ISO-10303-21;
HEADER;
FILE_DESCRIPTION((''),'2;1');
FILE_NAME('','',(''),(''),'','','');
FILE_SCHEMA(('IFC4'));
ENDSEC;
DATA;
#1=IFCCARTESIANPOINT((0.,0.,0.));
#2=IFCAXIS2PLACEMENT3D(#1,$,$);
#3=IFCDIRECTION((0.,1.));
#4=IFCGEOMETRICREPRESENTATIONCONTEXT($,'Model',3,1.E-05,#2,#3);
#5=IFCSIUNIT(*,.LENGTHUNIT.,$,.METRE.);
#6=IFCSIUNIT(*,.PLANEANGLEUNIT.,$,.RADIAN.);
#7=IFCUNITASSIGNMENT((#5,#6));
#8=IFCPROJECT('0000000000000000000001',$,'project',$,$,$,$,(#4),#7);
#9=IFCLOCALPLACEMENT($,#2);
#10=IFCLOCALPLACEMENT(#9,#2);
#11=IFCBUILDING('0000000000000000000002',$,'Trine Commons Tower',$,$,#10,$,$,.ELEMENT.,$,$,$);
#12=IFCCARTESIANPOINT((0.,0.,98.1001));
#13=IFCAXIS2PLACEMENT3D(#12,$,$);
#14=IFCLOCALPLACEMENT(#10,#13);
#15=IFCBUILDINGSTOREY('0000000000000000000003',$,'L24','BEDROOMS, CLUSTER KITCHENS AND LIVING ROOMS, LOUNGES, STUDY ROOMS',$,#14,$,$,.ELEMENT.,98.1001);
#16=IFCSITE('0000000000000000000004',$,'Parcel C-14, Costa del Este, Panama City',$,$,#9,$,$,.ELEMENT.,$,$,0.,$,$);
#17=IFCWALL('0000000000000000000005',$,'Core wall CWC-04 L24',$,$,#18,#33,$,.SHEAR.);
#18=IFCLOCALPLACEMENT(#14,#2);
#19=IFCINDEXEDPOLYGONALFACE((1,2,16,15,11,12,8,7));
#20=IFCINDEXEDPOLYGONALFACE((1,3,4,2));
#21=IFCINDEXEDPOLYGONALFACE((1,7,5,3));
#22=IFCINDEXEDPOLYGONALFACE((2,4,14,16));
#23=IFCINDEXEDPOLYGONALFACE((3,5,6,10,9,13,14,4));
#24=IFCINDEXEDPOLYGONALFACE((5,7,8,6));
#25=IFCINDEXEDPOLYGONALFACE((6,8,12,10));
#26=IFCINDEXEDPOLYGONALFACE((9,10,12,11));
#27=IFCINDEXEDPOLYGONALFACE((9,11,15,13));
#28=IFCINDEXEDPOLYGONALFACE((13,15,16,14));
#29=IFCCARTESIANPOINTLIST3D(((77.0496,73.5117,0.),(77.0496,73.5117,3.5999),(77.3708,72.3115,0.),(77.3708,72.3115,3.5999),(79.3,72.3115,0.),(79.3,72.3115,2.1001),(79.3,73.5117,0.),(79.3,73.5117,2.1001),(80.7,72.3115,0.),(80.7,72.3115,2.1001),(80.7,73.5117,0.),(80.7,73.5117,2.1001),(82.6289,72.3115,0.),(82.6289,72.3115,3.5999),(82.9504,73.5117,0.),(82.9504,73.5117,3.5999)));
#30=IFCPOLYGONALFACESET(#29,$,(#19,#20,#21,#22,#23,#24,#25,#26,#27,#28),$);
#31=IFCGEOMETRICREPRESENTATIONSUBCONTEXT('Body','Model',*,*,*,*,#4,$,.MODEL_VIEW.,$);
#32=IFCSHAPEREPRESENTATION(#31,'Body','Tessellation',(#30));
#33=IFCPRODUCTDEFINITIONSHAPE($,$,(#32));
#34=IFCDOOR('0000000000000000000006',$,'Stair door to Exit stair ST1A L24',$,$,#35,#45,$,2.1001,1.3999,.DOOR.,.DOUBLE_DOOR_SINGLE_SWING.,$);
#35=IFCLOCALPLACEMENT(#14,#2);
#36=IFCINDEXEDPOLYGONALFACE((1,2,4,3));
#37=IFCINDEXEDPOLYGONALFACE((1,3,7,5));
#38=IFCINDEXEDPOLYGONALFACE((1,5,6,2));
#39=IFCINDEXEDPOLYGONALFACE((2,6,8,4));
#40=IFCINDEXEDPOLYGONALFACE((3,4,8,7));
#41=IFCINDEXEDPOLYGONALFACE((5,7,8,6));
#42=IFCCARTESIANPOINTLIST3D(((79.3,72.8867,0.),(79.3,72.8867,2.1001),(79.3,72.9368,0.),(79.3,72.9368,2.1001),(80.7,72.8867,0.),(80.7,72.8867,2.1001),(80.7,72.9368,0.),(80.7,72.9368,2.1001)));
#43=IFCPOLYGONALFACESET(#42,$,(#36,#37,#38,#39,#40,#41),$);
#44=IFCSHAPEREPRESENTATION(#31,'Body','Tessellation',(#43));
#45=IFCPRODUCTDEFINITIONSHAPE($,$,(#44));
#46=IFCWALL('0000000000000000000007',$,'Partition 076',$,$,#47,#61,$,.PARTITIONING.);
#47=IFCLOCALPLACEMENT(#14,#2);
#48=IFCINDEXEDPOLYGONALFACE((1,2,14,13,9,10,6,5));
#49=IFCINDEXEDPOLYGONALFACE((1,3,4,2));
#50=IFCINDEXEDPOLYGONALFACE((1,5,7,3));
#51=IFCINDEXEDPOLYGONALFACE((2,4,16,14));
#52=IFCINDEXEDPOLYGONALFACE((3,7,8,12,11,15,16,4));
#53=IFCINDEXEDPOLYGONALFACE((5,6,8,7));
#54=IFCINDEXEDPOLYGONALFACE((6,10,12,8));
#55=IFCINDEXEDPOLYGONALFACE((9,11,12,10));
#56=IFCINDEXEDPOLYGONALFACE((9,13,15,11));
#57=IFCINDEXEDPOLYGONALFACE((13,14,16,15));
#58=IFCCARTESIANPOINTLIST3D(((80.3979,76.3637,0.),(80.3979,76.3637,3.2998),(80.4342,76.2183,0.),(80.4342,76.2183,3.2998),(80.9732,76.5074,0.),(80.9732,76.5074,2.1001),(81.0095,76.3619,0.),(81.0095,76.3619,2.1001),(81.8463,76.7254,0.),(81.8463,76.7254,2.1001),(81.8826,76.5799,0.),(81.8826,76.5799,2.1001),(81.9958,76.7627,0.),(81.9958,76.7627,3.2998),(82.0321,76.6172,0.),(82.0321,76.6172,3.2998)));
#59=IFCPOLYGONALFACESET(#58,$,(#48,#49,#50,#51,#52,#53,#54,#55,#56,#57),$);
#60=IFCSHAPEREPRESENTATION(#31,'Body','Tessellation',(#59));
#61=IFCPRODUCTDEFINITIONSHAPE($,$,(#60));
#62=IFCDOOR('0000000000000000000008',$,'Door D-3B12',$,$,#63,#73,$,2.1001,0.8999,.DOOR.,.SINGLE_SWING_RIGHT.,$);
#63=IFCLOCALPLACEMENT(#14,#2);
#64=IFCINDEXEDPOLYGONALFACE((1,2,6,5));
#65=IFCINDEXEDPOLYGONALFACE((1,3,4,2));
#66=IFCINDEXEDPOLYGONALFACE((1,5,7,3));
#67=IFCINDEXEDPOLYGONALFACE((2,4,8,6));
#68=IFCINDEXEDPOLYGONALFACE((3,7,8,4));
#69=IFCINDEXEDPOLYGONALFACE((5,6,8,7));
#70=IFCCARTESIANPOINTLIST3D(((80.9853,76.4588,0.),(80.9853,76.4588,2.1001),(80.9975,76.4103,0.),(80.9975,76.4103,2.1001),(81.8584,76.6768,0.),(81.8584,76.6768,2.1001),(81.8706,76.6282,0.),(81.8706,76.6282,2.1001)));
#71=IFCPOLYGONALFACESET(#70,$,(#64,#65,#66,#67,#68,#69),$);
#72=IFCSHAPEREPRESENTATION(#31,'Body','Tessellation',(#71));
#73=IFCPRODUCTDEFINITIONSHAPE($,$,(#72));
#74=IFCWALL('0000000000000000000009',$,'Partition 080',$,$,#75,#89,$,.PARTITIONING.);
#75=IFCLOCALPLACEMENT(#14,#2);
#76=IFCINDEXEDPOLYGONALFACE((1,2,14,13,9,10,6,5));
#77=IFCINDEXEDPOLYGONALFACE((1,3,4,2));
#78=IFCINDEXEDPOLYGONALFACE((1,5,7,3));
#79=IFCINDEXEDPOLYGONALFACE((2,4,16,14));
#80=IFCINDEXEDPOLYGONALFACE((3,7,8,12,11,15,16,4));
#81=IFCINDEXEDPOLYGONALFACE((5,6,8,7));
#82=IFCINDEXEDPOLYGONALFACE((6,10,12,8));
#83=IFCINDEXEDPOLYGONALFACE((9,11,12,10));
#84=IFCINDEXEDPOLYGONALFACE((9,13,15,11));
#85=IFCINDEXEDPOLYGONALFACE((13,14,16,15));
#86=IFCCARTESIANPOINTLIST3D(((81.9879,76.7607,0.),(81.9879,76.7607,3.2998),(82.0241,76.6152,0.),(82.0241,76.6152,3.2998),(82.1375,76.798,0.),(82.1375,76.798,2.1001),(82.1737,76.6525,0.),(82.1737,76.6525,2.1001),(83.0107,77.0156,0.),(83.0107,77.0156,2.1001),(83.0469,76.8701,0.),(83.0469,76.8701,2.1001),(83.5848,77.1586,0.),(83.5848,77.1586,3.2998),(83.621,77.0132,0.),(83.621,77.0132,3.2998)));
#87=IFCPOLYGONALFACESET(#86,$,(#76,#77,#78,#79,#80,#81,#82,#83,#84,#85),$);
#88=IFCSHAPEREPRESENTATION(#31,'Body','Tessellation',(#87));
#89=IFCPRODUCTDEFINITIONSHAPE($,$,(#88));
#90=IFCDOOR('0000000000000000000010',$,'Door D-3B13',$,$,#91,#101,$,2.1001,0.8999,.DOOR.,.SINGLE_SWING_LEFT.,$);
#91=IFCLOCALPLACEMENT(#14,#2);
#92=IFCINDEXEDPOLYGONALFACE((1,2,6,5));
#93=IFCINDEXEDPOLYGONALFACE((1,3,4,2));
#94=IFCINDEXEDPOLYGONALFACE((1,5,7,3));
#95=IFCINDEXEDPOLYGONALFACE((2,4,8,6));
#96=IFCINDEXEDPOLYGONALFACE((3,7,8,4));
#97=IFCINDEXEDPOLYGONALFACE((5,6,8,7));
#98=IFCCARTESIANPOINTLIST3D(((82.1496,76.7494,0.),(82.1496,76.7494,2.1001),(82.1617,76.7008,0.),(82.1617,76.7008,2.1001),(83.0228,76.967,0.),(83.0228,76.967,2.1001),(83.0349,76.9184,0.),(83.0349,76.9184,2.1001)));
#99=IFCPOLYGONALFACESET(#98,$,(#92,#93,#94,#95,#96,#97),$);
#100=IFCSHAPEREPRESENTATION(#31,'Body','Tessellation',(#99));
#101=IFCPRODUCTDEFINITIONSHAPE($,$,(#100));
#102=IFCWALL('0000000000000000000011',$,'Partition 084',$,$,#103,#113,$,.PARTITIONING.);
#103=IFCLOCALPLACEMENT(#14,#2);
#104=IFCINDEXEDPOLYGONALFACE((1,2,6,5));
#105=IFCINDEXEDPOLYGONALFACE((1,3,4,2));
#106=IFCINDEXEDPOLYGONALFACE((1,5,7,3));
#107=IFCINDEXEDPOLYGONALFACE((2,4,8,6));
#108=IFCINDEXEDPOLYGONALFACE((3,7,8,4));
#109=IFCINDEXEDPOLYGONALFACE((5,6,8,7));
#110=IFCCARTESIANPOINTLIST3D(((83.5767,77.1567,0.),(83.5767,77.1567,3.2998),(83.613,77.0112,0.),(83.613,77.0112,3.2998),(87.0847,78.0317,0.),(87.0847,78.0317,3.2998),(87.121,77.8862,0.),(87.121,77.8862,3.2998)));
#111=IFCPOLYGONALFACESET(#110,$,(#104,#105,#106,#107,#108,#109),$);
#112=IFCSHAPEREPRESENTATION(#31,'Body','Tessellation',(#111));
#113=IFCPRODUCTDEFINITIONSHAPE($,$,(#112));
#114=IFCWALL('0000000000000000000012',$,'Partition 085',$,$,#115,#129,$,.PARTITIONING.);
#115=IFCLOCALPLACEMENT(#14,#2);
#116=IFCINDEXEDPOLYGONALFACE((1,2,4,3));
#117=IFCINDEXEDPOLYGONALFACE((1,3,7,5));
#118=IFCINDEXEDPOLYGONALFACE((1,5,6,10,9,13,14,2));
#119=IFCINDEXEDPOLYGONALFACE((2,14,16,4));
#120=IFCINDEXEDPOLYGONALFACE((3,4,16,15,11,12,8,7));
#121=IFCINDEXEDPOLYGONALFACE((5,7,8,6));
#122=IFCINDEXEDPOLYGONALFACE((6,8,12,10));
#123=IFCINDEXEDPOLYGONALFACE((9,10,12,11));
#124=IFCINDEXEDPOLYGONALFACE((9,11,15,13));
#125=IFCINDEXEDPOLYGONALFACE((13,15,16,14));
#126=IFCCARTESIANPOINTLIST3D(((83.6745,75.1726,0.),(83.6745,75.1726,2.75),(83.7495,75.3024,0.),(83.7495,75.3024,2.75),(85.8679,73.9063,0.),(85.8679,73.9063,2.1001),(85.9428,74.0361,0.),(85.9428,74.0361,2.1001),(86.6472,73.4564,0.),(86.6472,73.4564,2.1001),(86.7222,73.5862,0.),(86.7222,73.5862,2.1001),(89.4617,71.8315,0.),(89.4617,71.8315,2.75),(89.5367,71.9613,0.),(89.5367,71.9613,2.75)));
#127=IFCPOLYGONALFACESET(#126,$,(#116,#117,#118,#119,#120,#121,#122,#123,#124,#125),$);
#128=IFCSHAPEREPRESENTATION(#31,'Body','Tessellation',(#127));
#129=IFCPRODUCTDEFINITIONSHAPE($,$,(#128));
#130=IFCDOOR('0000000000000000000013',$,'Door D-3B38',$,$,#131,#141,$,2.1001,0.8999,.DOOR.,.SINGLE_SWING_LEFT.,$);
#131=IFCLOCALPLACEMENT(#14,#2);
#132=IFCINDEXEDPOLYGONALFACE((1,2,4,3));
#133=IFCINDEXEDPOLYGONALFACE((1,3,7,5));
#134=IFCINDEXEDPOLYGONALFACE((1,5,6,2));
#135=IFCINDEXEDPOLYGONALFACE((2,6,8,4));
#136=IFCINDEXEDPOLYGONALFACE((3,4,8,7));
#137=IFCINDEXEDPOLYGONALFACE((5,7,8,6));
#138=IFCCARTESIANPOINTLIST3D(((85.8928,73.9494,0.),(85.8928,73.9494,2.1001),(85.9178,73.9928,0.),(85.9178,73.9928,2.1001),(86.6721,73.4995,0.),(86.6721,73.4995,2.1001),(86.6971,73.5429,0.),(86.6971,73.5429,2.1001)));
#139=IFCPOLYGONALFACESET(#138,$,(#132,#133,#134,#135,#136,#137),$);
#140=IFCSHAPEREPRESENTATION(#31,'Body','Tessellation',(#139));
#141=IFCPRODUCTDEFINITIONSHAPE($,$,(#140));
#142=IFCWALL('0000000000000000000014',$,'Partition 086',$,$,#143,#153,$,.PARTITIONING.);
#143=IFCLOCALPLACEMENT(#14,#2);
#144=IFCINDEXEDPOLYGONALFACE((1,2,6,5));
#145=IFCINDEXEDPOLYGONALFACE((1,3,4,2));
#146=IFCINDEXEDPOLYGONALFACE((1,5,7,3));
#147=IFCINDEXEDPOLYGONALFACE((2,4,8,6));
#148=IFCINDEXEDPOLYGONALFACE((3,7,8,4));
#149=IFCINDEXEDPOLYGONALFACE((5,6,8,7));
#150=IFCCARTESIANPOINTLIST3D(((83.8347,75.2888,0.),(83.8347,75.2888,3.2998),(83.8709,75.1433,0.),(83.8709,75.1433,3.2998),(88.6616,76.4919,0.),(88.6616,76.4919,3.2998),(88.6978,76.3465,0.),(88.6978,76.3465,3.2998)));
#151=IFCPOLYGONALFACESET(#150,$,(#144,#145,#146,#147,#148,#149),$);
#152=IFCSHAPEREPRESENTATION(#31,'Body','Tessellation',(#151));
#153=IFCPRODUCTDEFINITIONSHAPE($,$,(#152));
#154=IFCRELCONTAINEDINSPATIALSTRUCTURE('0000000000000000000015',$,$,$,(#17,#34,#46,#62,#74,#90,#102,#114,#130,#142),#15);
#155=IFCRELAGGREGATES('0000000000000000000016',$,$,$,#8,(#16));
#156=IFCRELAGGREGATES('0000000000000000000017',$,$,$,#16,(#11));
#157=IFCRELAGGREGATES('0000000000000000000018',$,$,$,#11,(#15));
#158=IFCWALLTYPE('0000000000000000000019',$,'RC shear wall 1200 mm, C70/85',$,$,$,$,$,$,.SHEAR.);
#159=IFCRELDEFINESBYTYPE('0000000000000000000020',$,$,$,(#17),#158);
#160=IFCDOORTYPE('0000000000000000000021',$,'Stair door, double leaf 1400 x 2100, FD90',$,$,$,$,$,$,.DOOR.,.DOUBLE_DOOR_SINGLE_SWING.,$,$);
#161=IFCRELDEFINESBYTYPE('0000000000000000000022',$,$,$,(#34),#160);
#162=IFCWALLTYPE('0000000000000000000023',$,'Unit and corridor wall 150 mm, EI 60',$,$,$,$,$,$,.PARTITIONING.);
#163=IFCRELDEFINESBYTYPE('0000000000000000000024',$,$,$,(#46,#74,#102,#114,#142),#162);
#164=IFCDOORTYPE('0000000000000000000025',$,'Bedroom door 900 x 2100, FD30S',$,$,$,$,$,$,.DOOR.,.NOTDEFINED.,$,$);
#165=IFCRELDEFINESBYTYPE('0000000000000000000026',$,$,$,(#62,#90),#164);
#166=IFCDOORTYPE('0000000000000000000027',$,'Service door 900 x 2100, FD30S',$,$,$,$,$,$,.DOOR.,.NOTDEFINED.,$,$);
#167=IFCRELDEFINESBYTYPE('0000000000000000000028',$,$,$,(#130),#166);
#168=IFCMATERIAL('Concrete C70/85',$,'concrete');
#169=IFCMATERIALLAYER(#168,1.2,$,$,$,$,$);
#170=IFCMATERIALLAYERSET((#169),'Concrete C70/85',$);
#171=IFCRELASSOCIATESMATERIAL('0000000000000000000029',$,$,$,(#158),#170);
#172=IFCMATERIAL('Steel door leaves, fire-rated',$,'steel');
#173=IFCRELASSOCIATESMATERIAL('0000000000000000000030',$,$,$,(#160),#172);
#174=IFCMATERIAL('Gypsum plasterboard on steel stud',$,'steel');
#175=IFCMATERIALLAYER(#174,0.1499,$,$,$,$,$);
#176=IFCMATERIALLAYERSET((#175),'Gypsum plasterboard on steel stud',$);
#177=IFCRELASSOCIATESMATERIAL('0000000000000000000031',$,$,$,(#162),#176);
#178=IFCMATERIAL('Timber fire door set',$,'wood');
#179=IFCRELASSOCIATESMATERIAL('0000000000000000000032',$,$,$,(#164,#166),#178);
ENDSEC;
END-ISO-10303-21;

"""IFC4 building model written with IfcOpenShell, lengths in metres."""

from ifc_helpers import new_model, si_unit, direction, frame, frame_2d, origin, place, context, subcontext, project, spatial, polyline, rectangle, outline, extrude, material, layer, layer_set, type_object, element, fill, save


model = new_model("IFC4")

# Units and contexts
model_context = context("Model", 3, precision=1e-05, world=origin(), true_north=direction((0.0, 1.0)))
body_context = subcontext(model_context, "Body", "Model", "MODEL_VIEW")
ifc_project = project(units=[si_unit("LENGTHUNIT", "METRE"), si_unit("PLANEANGLEUNIT", "RADIAN")], contexts=[model_context])

# Site, building, storey
site_placement = place(None, origin())
site = spatial("IfcSite", under=ifc_project, at=site_placement, Name="Parcel C-14, Costa del Este, Panama City", CompositionType="ELEMENT", RefElevation=0.0)
building_placement = place(site_placement, origin())
building = spatial("IfcBuilding", under=site, at=building_placement, Name="Trine Commons Tower", CompositionType="ELEMENT")
storey_placement = place(building_placement, frame((0.0, 0.0, 98.1001)))
storey = spatial("IfcBuildingStorey", under=building, at=storey_placement, Name="L24", Description="BEDROOMS, CLUSTER KITCHENS AND LIVING ROOMS, LOUNGES, STUDY ROOMS", CompositionType="ELEMENT", Elevation=98.1001)

# Walls, openings, doors
ifc_material_1 = material(Name="Concrete C70/85", Category="concrete")
ifc_layer_1 = layer(ifc_material_1, 1.2)
ifc_layer_set_1 = layer_set([ifc_layer_1], Name="Concrete C70/85")
wall_type_1 = type_object("IfcWallType", Name="RC shear wall 1200 mm, C70/85", PredefinedType="SHEAR", material=ifc_layer_set_1)
wall_1_placement = place(storey_placement, frame((82.9504, 72.9116, 0.0), z_axis=(0.0, 0.0, 1.0), x_axis=(-1.0, 0.0, 0.0)))
wall_1 = element("IfcWall", 1, at=wall_1_placement, inside=storey, type_object=wall_type_1, Name="Core wall CWC-04 L24", PredefinedType="SHEAR", context=body_context, shape_type="SweptSolid", body=[
    extrude(outline(polyline([(0.0, -0.6001), (5.9009, -0.6001), (5.5796, 0.6001), (0.3215, 0.6001), (0.0, -0.6001)])), origin(), (0.0, 0.0, 1.0), 3.5999),
])
opening_1_placement = place(wall_1_placement, frame((2.2505, 0.0, 0.0)))
opening_1 = element("IfcOpeningElement", 2, at=opening_1_placement, cuts=wall_1, PredefinedType="OPENING", context=body_context, shape_type="SweptSolid", body=[
    extrude(rectangle(XDim=1.3999, YDim=2.1001, at=frame_2d((0.7, 1.05))), frame((0.0, 0.6099, 0.0), z_axis=(0.0, -1.0, 0.0), x_axis=(1.0, 0.0, 0.0)), (0.0, 0.0, 1.0), 1.22),
])
ifc_material_2 = material(Name="Steel door leaves, fire-rated", Category="steel")
door_type_1 = type_object("IfcDoorType", Name="Stair door, double leaf 1400 x 2100, FD90", OperationType="DOUBLE_DOOR_SINGLE_SWING", PredefinedType="DOOR", material=ifc_material_2)
door_1_placement = place(opening_1_placement, origin())
door_1 = element("IfcDoor", 3, at=door_1_placement, inside=storey, type_object=door_type_1, Name="Stair door to Exit stair ST1A L24", OperationType="DOUBLE_DOOR_SINGLE_SWING", OverallHeight=2.1001, OverallWidth=1.3999, PredefinedType="DOOR", context=body_context, shape_type="SweptSolid", body=[
    extrude(rectangle(XDim=1.3999, YDim=2.1001, at=frame_2d((0.7, 1.05))), frame((0.0, 0.0249, 0.0), z_axis=(0.0, -1.0, 0.0), x_axis=(1.0, 0.0, 0.0)), (0.0, 0.0, 1.0), 0.05),
])
fill(opening_1, door_1)
ifc_material_3 = material(Name="Gypsum plasterboard on steel stud", Category="steel")
ifc_layer_2 = layer(ifc_material_3, 0.1499)
ifc_layer_set_2 = layer_set([ifc_layer_2], Name="Gypsum plasterboard on steel stud")
wall_type_2 = type_object("IfcWallType", Name="Unit and corridor wall 150 mm, EI 60", PredefinedType="PARTITIONING", material=ifc_layer_set_2)
wall_2_placement = place(storey_placement, frame((80.416, 76.291, 0.0), z_axis=(0.0, 0.0, 1.0), x_axis=(0.970221, 0.242222, 0.0)))
wall_2 = element("IfcWall", 4, at=wall_2_placement, inside=storey, type_object=wall_type_2, Name="Partition 076", PredefinedType="PARTITIONING", context=body_context, shape_type="SweptSolid", body=[
    extrude(rectangle(XDim=1.647, YDim=0.1499, at=frame_2d((0.8235, 0.0))), origin(), (0.0, 0.0, 1.0), 3.2998),
])
opening_2_placement = place(wall_2_placement, frame((0.593, 0.0, 0.0)))
opening_2 = element("IfcOpeningElement", 5, at=opening_2_placement, cuts=wall_2, PredefinedType="OPENING", context=body_context, shape_type="SweptSolid", body=[
    extrude(rectangle(XDim=0.8999, YDim=2.1001, at=frame_2d((0.45, 1.05))), frame((0.0, 0.085, 0.0), z_axis=(0.0, -1.0, 0.0), x_axis=(1.0, 0.0, 0.0)), (0.0, 0.0, 1.0), 0.1699),
])
ifc_material_4 = material(Name="Timber fire door set", Category="wood")
door_type_2 = type_object("IfcDoorType", Name="Bedroom door 900 x 2100, FD30S", OperationType="NOTDEFINED", PredefinedType="DOOR", material=ifc_material_4)
door_2_placement = place(opening_2_placement, origin())
door_2 = element("IfcDoor", 6, at=door_2_placement, inside=storey, type_object=door_type_2, Name="Door D-3B12", OperationType="SINGLE_SWING_RIGHT", OverallHeight=2.1001, OverallWidth=0.8999, PredefinedType="DOOR", context=body_context, shape_type="SweptSolid", body=[
    extrude(rectangle(XDim=0.8999, YDim=2.1001, at=frame_2d((0.45, 1.05))), frame((0.0, 0.0249, 0.0), z_axis=(0.0, -1.0, 0.0), x_axis=(1.0, 0.0, 0.0)), (0.0, 0.0, 1.0), 0.05),
])
fill(opening_2, door_2)
wall_3_placement = place(storey_placement, frame((82.0061, 76.688, 0.0), z_axis=(0.0, 0.0, 1.0), x_axis=(0.970325, 0.241803, 0.0)))
wall_3 = element("IfcWall", 7, at=wall_3_placement, inside=storey, type_object=wall_type_2, Name="Partition 080", PredefinedType="PARTITIONING", context=body_context, shape_type="SweptSolid", body=[
    extrude(rectangle(XDim=1.6458, YDim=0.1499, at=frame_2d((0.8228, 0.0))), origin(), (0.0, 0.0, 1.0), 3.2998),
])
opening_3_placement = place(wall_3_placement, frame((0.1541, 0.0, 0.0)))
opening_3 = element("IfcOpeningElement", 8, at=opening_3_placement, cuts=wall_3, PredefinedType="OPENING", context=body_context, shape_type="SweptSolid", body=[
    extrude(rectangle(XDim=0.8999, YDim=2.1001, at=frame_2d((0.45, 1.05))), frame((0.0, 0.085, 0.0), z_axis=(0.0, -1.0, 0.0), x_axis=(1.0, 0.0, 0.0)), (0.0, 0.0, 1.0), 0.1699),
])
door_3_placement = place(opening_3_placement, origin())
door_3 = element("IfcDoor", 9, at=door_3_placement, inside=storey, type_object=door_type_2, Name="Door D-3B13", OperationType="SINGLE_SWING_LEFT", OverallHeight=2.1001, OverallWidth=0.8999, PredefinedType="DOOR", context=body_context, shape_type="SweptSolid", body=[
    extrude(rectangle(XDim=0.8999, YDim=2.1001, at=frame_2d((0.45, 1.05))), frame((0.0, 0.0249, 0.0), z_axis=(0.0, -1.0, 0.0), x_axis=(1.0, 0.0, 0.0)), (0.0, 0.0, 1.0), 0.05),
])
fill(opening_3, door_3)

# Wall
wall_4_placement = place(storey_placement, frame((83.595, 77.084, 0.0), z_axis=(0.0, 0.0, 1.0), x_axis=(0.970273, 0.242011, 0.0)))
element("IfcWall", 10, at=wall_4_placement, inside=storey, type_object=wall_type_2, Name="Partition 084", PredefinedType="PARTITIONING", context=body_context, shape_type="SweptSolid", body=[
    extrude(rectangle(XDim=3.6155, YDim=0.1499, at=frame_2d((1.8076, 0.0))), origin(), (0.0, 0.0, 1.0), 3.2998),
])

# Wall, opening, door
wall_5_placement = place(storey_placement, frame((83.7119, 75.2375, 0.0), z_axis=(0.0, 0.0, 1.0), x_axis=(0.866033, -0.499986, 0.0)))
wall_5 = element("IfcWall", 11, at=wall_5_placement, inside=storey, type_object=wall_type_2, Name="Partition 085", PredefinedType="PARTITIONING", context=body_context, shape_type="SweptSolid", body=[
    extrude(rectangle(XDim=6.6824, YDim=0.1499, at=frame_2d((3.3413, 0.0))), origin(), (0.0, 0.0, 1.0), 2.75),
])
opening_4_placement = place(wall_5_placement, frame((2.5327, 0.0, 0.0)))
opening_4 = element("IfcOpeningElement", 12, at=opening_4_placement, cuts=wall_5, PredefinedType="OPENING", context=body_context, shape_type="SweptSolid", body=[
    extrude(rectangle(XDim=0.8999, YDim=2.1001, at=frame_2d((0.45, 1.05))), frame((0.0, 0.085, 0.0), z_axis=(0.0, -1.0, 0.0), x_axis=(1.0, 0.0, 0.0)), (0.0, 0.0, 1.0), 0.1699),
])
door_type_3 = type_object("IfcDoorType", Name="Service door 900 x 2100, FD30S", OperationType="NOTDEFINED", PredefinedType="DOOR", material=ifc_material_4)
door_4_placement = place(opening_4_placement, origin())
door_4 = element("IfcDoor", 13, at=door_4_placement, inside=storey, type_object=door_type_3, Name="Door D-3B38", OperationType="SINGLE_SWING_LEFT", OverallHeight=2.1001, OverallWidth=0.8999, PredefinedType="DOOR", context=body_context, shape_type="SweptSolid", body=[
    extrude(rectangle(XDim=0.8999, YDim=2.1001, at=frame_2d((0.45, 1.05))), frame((0.0, 0.0249, 0.0), z_axis=(0.0, -1.0, 0.0), x_axis=(1.0, 0.0, 0.0)), (0.0, 0.0, 1.0), 0.05),
])
fill(opening_4, door_4)

# Wall
wall_6_placement = place(storey_placement, frame((83.8528, 75.2161, 0.0), z_axis=(0.0, 0.0, 1.0), x_axis=(0.970313, 0.241854, 0.0)))
element("IfcWall", 14, at=wall_6_placement, inside=storey, type_object=wall_type_2, Name="Partition 086", PredefinedType="PARTITIONING", context=body_context, shape_type="SweptSolid", body=[
    extrude(rectangle(XDim=4.9746, YDim=0.1499, at=frame_2d((2.4873, 0.0))), origin(), (0.0, 0.0, 1.0), 3.2998),
])

save(model, "model.ifc")
